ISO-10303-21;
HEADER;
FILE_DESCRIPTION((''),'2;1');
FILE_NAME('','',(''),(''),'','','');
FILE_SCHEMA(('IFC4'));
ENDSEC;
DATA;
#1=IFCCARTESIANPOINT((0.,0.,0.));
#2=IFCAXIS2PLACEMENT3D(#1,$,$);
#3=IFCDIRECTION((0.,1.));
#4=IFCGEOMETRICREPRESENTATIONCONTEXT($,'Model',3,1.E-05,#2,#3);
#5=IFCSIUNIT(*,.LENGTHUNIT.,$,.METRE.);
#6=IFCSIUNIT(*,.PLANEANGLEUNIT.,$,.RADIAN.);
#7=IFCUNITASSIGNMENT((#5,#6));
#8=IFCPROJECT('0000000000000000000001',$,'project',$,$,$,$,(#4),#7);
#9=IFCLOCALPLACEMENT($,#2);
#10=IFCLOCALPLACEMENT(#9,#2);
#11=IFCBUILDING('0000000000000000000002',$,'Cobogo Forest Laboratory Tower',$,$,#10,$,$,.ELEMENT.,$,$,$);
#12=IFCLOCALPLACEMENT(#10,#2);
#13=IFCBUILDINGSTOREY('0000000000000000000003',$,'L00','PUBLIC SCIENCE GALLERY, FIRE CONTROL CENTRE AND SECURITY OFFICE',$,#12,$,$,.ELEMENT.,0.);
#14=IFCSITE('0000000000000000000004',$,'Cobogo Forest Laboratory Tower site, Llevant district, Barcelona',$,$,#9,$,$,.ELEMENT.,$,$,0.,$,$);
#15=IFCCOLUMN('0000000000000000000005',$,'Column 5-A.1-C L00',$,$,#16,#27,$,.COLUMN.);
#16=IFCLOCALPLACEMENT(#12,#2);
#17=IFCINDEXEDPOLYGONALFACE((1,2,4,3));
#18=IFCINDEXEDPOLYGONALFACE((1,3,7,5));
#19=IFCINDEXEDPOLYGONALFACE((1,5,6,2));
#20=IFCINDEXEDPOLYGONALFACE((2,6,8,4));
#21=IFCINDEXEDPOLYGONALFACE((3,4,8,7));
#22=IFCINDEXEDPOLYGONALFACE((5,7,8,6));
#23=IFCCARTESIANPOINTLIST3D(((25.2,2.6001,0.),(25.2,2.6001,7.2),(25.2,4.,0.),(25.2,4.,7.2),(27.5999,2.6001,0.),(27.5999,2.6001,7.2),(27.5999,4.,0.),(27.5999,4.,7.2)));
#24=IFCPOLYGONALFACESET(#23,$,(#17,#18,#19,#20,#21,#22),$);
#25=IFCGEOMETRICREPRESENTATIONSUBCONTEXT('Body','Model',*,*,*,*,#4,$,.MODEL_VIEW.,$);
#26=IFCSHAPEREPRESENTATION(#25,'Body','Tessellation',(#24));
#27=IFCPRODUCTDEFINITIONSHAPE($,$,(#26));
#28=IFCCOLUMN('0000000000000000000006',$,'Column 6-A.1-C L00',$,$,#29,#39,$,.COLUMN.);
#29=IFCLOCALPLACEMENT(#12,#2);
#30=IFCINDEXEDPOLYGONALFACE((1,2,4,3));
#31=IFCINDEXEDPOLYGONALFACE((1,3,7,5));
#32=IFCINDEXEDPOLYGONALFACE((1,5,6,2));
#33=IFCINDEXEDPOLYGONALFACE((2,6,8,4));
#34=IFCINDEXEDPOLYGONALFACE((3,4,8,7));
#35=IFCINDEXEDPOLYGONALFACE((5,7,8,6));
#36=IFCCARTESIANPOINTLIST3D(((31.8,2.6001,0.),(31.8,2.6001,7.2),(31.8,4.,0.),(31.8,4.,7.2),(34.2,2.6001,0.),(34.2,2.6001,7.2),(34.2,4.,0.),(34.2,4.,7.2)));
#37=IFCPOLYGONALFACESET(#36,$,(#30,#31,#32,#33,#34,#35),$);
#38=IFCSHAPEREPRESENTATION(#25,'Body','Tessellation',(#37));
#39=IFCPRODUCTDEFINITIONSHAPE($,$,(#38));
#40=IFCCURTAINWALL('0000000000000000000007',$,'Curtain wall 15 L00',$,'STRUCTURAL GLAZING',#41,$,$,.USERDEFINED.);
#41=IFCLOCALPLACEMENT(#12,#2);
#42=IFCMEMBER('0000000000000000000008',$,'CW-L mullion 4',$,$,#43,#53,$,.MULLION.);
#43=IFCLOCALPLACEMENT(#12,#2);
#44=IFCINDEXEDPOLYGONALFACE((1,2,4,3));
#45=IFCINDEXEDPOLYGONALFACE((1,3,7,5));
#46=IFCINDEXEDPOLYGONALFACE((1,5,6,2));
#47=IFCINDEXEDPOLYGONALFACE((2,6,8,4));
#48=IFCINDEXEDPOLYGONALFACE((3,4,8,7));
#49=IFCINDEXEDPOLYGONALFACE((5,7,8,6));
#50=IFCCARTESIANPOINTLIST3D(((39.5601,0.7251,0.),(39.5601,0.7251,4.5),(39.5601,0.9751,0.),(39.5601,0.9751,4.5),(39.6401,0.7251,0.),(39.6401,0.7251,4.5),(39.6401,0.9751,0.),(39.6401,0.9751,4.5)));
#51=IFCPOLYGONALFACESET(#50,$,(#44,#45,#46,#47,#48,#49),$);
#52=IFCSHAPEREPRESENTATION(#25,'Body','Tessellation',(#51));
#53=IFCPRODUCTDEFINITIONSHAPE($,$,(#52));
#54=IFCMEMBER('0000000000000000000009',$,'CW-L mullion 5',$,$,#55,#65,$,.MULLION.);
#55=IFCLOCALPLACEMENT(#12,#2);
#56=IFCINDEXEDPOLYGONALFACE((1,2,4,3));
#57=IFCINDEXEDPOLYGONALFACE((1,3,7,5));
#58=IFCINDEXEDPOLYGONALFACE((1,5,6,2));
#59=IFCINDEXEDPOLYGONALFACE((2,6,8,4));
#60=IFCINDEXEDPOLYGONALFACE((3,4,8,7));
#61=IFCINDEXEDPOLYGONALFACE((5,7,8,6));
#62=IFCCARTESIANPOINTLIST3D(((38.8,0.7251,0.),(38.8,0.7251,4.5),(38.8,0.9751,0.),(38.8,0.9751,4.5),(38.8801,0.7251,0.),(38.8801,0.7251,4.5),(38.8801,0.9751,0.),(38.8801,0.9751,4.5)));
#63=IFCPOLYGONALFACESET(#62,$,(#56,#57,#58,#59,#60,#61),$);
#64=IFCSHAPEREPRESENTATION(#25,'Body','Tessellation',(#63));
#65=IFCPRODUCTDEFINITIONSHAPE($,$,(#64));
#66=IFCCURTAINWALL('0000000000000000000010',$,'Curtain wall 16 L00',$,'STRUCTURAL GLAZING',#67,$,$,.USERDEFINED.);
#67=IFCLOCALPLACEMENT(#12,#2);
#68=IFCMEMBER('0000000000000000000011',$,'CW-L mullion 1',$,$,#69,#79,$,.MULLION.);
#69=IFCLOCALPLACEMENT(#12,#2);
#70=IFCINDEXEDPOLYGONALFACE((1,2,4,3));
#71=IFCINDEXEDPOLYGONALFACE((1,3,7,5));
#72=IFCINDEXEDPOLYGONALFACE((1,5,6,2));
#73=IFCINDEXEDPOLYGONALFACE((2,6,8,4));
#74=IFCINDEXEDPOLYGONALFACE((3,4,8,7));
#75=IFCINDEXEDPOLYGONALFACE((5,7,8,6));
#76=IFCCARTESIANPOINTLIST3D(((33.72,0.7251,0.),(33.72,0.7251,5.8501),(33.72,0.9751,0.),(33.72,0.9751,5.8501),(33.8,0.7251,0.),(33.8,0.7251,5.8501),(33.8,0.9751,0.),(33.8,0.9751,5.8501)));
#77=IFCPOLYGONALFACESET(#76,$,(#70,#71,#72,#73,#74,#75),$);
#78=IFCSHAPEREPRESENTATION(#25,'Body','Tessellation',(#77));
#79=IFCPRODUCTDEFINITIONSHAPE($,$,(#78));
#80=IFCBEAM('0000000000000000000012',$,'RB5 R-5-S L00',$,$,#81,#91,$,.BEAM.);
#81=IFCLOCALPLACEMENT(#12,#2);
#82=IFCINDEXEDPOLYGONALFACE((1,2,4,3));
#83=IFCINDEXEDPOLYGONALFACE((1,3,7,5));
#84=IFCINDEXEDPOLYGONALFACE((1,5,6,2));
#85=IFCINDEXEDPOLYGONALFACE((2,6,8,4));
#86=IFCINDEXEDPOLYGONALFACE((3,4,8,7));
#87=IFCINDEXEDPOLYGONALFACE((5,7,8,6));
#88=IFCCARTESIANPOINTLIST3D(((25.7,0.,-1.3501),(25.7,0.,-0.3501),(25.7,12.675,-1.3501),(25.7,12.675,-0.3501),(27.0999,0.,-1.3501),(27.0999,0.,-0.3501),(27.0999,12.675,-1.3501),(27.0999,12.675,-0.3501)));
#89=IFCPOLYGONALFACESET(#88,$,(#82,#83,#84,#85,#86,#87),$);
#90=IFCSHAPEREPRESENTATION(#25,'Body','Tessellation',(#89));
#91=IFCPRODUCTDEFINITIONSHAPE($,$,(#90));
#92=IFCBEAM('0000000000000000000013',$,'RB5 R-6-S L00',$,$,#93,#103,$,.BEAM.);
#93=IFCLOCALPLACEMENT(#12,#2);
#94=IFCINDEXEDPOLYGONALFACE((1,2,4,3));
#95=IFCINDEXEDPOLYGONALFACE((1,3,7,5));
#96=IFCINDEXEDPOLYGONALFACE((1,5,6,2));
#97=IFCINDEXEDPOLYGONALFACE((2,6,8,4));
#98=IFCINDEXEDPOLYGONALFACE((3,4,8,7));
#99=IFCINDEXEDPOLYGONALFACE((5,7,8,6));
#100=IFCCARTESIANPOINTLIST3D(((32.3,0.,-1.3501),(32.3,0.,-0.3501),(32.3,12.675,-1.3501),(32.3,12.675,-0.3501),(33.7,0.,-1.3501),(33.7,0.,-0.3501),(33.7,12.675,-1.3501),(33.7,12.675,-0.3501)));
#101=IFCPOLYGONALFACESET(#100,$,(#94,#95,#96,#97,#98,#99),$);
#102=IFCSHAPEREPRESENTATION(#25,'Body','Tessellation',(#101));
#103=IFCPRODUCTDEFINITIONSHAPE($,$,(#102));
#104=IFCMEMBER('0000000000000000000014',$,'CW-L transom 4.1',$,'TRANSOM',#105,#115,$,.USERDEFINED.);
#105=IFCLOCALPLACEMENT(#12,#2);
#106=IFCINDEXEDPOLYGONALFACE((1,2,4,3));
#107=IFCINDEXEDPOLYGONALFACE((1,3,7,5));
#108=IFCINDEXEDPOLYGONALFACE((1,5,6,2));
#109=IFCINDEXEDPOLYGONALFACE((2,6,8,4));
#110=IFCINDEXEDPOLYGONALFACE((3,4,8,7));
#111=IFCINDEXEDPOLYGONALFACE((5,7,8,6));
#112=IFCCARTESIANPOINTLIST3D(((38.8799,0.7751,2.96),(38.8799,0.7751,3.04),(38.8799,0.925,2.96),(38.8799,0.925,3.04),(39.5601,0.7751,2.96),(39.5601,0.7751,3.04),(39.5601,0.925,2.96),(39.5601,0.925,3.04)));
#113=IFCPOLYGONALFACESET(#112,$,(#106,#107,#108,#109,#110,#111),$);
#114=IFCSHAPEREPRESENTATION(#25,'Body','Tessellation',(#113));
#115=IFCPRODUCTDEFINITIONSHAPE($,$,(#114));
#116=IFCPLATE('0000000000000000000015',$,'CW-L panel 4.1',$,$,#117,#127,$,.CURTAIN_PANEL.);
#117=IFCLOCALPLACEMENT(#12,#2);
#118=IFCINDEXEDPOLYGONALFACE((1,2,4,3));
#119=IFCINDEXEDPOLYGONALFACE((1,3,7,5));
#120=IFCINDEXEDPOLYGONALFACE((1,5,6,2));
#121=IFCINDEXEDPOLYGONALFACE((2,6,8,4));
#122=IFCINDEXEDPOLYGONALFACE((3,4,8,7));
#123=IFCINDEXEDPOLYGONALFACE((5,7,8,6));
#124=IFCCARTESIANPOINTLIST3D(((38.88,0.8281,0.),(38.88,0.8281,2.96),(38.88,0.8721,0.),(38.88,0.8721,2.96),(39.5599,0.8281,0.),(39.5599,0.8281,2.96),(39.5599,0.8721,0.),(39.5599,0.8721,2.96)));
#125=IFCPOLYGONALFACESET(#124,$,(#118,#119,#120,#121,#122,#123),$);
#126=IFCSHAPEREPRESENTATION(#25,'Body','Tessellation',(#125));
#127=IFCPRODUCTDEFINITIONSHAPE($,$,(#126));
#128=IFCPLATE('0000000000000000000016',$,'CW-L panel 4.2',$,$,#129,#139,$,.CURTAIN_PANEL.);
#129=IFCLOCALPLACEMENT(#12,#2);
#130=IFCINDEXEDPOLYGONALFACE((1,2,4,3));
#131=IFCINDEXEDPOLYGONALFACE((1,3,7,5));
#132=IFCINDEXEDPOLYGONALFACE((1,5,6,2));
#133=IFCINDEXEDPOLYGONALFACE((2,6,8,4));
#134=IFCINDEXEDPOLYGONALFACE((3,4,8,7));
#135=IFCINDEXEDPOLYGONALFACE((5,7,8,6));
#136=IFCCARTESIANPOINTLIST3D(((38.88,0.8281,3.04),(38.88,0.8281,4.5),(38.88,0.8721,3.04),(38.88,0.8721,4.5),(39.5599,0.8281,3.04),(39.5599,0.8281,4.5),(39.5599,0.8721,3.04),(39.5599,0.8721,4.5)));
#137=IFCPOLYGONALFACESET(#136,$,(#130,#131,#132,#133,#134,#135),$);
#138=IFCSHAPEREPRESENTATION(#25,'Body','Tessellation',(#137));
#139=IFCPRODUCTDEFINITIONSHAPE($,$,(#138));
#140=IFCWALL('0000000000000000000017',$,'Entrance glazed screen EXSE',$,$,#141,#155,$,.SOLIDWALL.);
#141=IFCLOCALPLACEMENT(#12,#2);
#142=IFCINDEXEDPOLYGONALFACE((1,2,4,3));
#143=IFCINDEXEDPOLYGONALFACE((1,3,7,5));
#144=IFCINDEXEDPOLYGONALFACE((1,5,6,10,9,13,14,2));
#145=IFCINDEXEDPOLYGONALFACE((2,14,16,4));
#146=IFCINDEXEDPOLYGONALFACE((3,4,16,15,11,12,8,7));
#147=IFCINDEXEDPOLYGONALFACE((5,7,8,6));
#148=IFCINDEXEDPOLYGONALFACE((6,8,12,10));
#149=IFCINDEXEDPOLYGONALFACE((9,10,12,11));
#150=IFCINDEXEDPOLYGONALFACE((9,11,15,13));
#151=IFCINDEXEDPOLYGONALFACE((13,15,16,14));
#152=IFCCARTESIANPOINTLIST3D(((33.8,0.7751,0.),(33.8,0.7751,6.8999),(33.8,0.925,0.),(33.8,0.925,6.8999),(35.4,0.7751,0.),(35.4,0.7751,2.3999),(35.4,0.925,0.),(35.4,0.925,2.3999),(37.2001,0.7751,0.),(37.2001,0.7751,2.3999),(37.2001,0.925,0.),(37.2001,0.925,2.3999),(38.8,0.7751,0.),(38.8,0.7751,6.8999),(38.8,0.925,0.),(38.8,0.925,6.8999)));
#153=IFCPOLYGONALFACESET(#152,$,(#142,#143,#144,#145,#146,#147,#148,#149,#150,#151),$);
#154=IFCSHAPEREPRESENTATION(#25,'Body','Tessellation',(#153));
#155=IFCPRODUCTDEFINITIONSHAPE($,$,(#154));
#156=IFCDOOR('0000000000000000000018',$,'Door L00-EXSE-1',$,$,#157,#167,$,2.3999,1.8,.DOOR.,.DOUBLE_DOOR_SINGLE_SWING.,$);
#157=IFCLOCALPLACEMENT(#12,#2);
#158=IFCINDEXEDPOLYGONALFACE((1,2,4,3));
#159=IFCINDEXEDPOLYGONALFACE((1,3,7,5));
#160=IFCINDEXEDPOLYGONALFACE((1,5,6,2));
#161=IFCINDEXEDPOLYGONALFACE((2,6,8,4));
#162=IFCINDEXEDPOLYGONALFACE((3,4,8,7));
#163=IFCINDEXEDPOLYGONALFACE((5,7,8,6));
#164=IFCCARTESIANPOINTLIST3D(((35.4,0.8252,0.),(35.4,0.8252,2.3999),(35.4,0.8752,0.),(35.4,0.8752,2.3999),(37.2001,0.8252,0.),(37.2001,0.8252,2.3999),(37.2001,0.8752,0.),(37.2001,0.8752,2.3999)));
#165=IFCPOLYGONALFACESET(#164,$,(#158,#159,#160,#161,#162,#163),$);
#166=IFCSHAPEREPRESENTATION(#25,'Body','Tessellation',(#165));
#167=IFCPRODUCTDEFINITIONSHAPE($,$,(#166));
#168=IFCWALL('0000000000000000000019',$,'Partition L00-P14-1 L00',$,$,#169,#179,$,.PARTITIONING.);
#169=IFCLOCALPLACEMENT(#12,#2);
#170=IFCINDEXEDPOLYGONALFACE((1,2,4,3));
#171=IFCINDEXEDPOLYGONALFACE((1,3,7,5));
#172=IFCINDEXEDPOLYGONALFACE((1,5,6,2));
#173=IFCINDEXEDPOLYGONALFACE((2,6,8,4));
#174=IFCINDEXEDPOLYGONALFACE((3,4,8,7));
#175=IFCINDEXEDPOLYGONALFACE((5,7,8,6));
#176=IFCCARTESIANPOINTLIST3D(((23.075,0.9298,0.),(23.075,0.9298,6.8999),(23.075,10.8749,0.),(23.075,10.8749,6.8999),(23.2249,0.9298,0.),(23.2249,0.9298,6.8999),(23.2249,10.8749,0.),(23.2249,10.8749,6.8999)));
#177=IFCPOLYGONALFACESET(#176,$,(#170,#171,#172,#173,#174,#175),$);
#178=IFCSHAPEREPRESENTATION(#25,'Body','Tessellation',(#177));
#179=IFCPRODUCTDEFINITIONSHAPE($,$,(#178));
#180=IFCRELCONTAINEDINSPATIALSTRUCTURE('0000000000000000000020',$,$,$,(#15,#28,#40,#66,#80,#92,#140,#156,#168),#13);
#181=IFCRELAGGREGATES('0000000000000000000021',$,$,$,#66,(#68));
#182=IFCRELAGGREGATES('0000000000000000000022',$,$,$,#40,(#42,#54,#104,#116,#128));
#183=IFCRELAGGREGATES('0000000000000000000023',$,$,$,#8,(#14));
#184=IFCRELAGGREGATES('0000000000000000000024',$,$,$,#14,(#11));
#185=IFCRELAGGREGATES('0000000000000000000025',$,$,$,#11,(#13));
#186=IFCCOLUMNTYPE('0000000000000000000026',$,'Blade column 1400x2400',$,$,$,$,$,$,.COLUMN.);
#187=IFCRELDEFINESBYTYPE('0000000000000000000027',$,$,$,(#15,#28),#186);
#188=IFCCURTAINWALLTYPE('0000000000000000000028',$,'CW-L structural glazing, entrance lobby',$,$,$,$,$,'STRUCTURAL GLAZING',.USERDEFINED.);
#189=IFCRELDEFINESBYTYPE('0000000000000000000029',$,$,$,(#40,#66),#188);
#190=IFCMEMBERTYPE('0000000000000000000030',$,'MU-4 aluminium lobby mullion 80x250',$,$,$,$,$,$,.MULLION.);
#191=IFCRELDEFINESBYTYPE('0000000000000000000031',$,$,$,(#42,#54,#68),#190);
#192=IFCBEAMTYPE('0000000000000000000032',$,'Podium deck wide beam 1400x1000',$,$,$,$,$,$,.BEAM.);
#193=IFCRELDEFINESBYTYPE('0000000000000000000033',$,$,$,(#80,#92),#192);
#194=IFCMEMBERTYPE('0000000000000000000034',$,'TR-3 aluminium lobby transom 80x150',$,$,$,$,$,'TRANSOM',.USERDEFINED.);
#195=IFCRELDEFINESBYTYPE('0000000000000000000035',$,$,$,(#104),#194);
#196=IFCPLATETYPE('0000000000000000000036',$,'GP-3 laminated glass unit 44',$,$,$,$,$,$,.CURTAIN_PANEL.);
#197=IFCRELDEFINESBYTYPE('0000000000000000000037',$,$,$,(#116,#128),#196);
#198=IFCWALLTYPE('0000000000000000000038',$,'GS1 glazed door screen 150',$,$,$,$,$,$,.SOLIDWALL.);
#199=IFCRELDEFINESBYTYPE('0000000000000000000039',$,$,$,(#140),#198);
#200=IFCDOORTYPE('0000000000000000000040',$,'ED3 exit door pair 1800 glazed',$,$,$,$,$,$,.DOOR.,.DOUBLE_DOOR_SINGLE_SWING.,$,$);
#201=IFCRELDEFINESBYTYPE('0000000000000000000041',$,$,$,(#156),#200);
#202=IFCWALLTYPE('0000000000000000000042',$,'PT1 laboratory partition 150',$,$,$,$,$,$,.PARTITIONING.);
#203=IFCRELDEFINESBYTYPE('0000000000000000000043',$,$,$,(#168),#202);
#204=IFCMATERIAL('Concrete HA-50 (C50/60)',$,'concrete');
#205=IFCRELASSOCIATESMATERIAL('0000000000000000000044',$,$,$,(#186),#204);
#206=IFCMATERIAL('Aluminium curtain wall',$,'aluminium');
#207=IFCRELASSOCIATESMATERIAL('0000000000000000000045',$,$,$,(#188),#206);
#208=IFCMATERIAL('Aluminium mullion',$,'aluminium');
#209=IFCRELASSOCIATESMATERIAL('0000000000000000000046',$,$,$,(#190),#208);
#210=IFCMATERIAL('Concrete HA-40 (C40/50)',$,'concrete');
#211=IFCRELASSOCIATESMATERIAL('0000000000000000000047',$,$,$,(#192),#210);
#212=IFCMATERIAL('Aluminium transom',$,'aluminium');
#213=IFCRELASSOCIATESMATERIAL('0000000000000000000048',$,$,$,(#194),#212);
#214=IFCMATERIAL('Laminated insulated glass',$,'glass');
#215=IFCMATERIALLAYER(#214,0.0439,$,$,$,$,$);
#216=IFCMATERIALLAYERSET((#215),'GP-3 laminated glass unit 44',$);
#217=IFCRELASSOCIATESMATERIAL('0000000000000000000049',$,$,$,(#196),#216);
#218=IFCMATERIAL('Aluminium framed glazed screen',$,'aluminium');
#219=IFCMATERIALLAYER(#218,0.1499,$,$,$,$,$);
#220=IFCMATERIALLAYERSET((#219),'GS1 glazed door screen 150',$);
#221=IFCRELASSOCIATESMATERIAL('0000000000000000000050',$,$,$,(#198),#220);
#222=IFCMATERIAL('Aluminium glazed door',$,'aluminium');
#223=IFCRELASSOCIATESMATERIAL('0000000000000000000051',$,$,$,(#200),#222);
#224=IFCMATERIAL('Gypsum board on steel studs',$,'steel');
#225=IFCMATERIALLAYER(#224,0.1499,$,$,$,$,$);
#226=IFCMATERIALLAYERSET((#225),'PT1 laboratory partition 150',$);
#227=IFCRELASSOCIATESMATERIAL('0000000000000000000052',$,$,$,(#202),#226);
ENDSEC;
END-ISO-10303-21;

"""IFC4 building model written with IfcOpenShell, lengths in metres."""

from ifc_helpers import new_model, si_unit, direction, frame, frame_2d, origin, origin_2d, place, context, subcontext, project, spatial, rectangle, extrude, material, layer, layer_set, material_profile, profile_set, type_object, element, fill, aggregate, save


model = new_model("IFC4")

# Units and contexts
model_context = context("Model", 3, precision=1e-05, world=origin(), true_north=direction((0.0, 1.0)))
body_context = subcontext(model_context, "Body", "Model", "MODEL_VIEW")
ifc_project = project(units=[si_unit("LENGTHUNIT", "METRE"), si_unit("PLANEANGLEUNIT", "RADIAN")], contexts=[model_context])

# Site, building, storey
site_placement = place(None, origin())
site = spatial("IfcSite", under=ifc_project, at=site_placement, Name="Cobogo Forest Laboratory Tower site, Llevant district, Barcelona", CompositionType="ELEMENT", RefElevation=0.0)
building_placement = place(site_placement, origin())
building = spatial("IfcBuilding", under=site, at=building_placement, Name="Cobogo Forest Laboratory Tower", CompositionType="ELEMENT")
storey_placement = place(building_placement, origin())
storey = spatial("IfcBuildingStorey", under=building, at=storey_placement, Name="L00", Description="PUBLIC SCIENCE GALLERY, FIRE CONTROL CENTRE AND SECURITY OFFICE", CompositionType="ELEMENT", Elevation=0.0)

# Columns
ifc_material_1 = material(Name="Concrete HA-50 (C50/60)", Category="concrete")
ifc_material_profile_1 = material_profile(ifc_material_1, rectangle(XDim=2.3999, YDim=1.3999, at=origin_2d()), Name="RC 1400x2400")
ifc_profile_set_1 = profile_set([ifc_material_profile_1], Name="Concrete HA-50 (C50/60)")
column_type = type_object("IfcColumnType", Name="Blade column 1400x2400", PredefinedType="COLUMN", material=ifc_profile_set_1)
for number, where, z_axis, x_axis, name in (
    (1, (26.3999, 3.3, 0.0), (0.0, 0.0, 1.0), (1.0, 0.0, 0.0), "Column 5-A.1-C L00"),
    (2, (33.0, 3.3, 0.0), (0.0, 0.0, 1.0), (1.0, 0.0, 0.0), "Column 6-A.1-C L00"),
):
    element("IfcColumn", number, at=place(storey_placement, frame(where, z_axis=z_axis, x_axis=x_axis)), inside=storey, type_object=column_type, Name=name, PredefinedType="COLUMN", context=body_context, shape_type="SweptSolid", body=[
        extrude(rectangle(XDim=2.3999, YDim=1.3999, at=origin_2d()), origin(), (0.0, 0.0, 1.0), 7.2),
    ])

# Curtain wall, members
ifc_material_2 = material(Name="Aluminium curtain wall", Category="aluminium")
curtain_wall_type = type_object("IfcCurtainWallType", Name="CW-L structural glazing, entrance lobby", ElementType="STRUCTURAL GLAZING", PredefinedType="USERDEFINED", material=ifc_material_2)
curtain_wall_1_placement = place(storey_placement, origin())
curtain_wall_1 = element("IfcCurtainWall", 3, at=curtain_wall_1_placement, inside=storey, type_object=curtain_wall_type, Name="Curtain wall 15 L00", ObjectType="STRUCTURAL GLAZING", PredefinedType="USERDEFINED")
ifc_material_3 = material(Name="Aluminium mullion", Category="aluminium")
ifc_material_profile_2 = material_profile(ifc_material_3, rectangle(XDim=0.0801, YDim=0.25, at=origin_2d()), Name="AL 80x250")
ifc_profile_set_2 = profile_set([ifc_material_profile_2], Name="Aluminium mullion")
member_type_1 = type_object("IfcMemberType", Name="MU-4 aluminium lobby mullion 80x250", PredefinedType="MULLION", material=ifc_profile_set_2)
member_1_placement = place(storey_placement, frame((39.6001, 0.8501, 0.0), z_axis=(0.0, 0.0, 1.0), x_axis=(-1.0, 0.0, 0.0)))
member_1 = element("IfcMember", 4, at=member_1_placement, type_object=member_type_1, Name="CW-L mullion 4", PredefinedType="MULLION", context=body_context, shape_type="SweptSolid", body=[
    extrude(rectangle(XDim=0.0801, YDim=0.25, at=origin_2d()), origin(), (0.0, 0.0, 1.0), 4.5),
])
member_2_placement = place(storey_placement, frame((38.8401, 0.8501, 0.0), z_axis=(0.0, 0.0, 1.0), x_axis=(-1.0, 0.0, 0.0)))
member_2 = element("IfcMember", 5, at=member_2_placement, type_object=member_type_1, Name="CW-L mullion 5", PredefinedType="MULLION", context=body_context, shape_type="SweptSolid", body=[
    extrude(rectangle(XDim=0.0801, YDim=0.25, at=origin_2d()), origin(), (0.0, 0.0, 1.0), 4.5),
])

# Curtain wall, member
curtain_wall_2_placement = place(storey_placement, origin())
curtain_wall_2 = element("IfcCurtainWall", 6, at=curtain_wall_2_placement, inside=storey, type_object=curtain_wall_type, Name="Curtain wall 16 L00", ObjectType="STRUCTURAL GLAZING", PredefinedType="USERDEFINED")
member_3_placement = place(storey_placement, frame((33.76, 0.8501, 0.0), z_axis=(0.0, 0.0, 1.0), x_axis=(-1.0, 0.0, 0.0)))
member_3 = element("IfcMember", 7, at=member_3_placement, type_object=member_type_1, Name="CW-L mullion 1", PredefinedType="MULLION", context=body_context, shape_type="SweptSolid", body=[
    extrude(rectangle(XDim=0.0801, YDim=0.25, at=origin_2d()), origin(), (0.0, 0.0, 1.0), 5.8501),
])
aggregate(curtain_wall_2, [member_3])

# Beams
ifc_material_4 = material(Name="Concrete HA-40 (C40/50)", Category="concrete")
ifc_material_profile_3 = material_profile(ifc_material_4, rectangle(XDim=1.3999, YDim=1.0, at=origin_2d()), Name="RC 1400x1000")
ifc_profile_set_3 = profile_set([ifc_material_profile_3], Name="Concrete HA-40 (C40/50)")
beam_type = type_object("IfcBeamType", Name="Podium deck wide beam 1400x1000", PredefinedType="BEAM", material=ifc_profile_set_3)
for number, where, z_axis, x_axis, name in (
    (8, (26.3999, 12.675, -0.8501), (0.0, -1.0, 0.0), (1.0, 0.0, 0.0), "RB5 R-5-S L00"),
    (9, (33.0, 12.675, -0.8501), (0.0, -1.0, 0.0), (1.0, 0.0, 0.0), "RB5 R-6-S L00"),
):
    element("IfcBeam", number, at=place(storey_placement, frame(where, z_axis=z_axis, x_axis=x_axis)), inside=storey, type_object=beam_type, Name=name, PredefinedType="BEAM", context=body_context, shape_type="SweptSolid", body=[
        extrude(rectangle(XDim=1.3999, YDim=1.0, at=origin_2d()), origin(), (0.0, 0.0, 1.0), 12.675),
    ])

# Member
ifc_material_5 = material(Name="Aluminium transom", Category="aluminium")
ifc_material_profile_4 = material_profile(ifc_material_5, rectangle(XDim=0.1499, YDim=0.0801, at=origin_2d()), Name="AL 80x150")
ifc_profile_set_4 = profile_set([ifc_material_profile_4], Name="Aluminium transom")
member_type_2 = type_object("IfcMemberType", Name="TR-3 aluminium lobby transom 80x150", ElementType="TRANSOM", PredefinedType="USERDEFINED", material=ifc_profile_set_4)
member_4_placement = place(storey_placement, frame((39.5601, 0.8501, 3.0), z_axis=(-1.0, 0.0, 0.0), x_axis=(0.0, -1.0, 0.0)))
member_4 = element("IfcMember", 10, at=member_4_placement, type_object=member_type_2, Name="CW-L transom 4.1", ObjectType="TRANSOM", PredefinedType="USERDEFINED", context=body_context, shape_type="SweptSolid", body=[
    extrude(rectangle(XDim=0.1499, YDim=0.0801, at=origin_2d()), origin(), (0.0, 0.0, 1.0), 0.6802),
])

# Plates
ifc_material_6 = material(Name="Laminated insulated glass", Category="glass")
ifc_layer_1 = layer(ifc_material_6, 0.0439)
ifc_layer_set_1 = layer_set([ifc_layer_1], Name="GP-3 laminated glass unit 44")
plate_type = type_object("IfcPlateType", Name="GP-3 laminated glass unit 44", PredefinedType="CURTAIN_PANEL", material=ifc_layer_set_1)
plate_1_placement = place(storey_placement, frame((39.22, 0.8501, 0.0), z_axis=(0.0, 0.0, 1.0), x_axis=(-1.0, 0.0, 0.0)))
plate_1 = element("IfcPlate", 11, at=plate_1_placement, type_object=plate_type, Name="CW-L panel 4.1", PredefinedType="CURTAIN_PANEL", context=body_context, shape_type="SweptSolid", body=[
    extrude(rectangle(XDim=0.6799, YDim=0.0439, at=origin_2d()), origin(), (0.0, 0.0, 1.0), 2.96),
])
plate_2_placement = place(storey_placement, frame((39.22, 0.8501, 3.04), z_axis=(0.0, 0.0, 1.0), x_axis=(-1.0, 0.0, 0.0)))
plate_2 = element("IfcPlate", 12, at=plate_2_placement, type_object=plate_type, Name="CW-L panel 4.2", PredefinedType="CURTAIN_PANEL", context=body_context, shape_type="SweptSolid", body=[
    extrude(rectangle(XDim=0.6799, YDim=0.0439, at=origin_2d()), origin(), (0.0, 0.0, 1.0), 1.46),
])
aggregate(curtain_wall_1, [member_1, member_2, member_4, plate_1, plate_2])

# Wall, opening, door
ifc_material_7 = material(Name="Aluminium framed glazed screen", Category="aluminium")
ifc_layer_2 = layer(ifc_material_7, 0.1499)
ifc_layer_set_2 = layer_set([ifc_layer_2], Name="GS1 glazed door screen 150")
wall_type_1 = type_object("IfcWallType", Name="GS1 glazed door screen 150", PredefinedType="SOLIDWALL", material=ifc_layer_set_2)
wall_1_placement = place(storey_placement, frame((38.8, 0.8501, 0.0), z_axis=(0.0, 0.0, 1.0), x_axis=(-1.0, 0.0, 0.0)))
wall_1 = element("IfcWall", 13, at=wall_1_placement, inside=storey, type_object=wall_type_1, Name="Entrance glazed screen EXSE", PredefinedType="SOLIDWALL", context=body_context, shape_type="SweptSolid", body=[
    extrude(rectangle(XDim=5.0, YDim=0.1499, at=frame_2d((2.5, 0.0))), origin(), (0.0, 0.0, 1.0), 6.8999),
])
opening_1_placement = place(wall_1_placement, frame((1.6001, 0.0, 0.0)))
opening_1 = element("IfcOpeningElement", 14, at=opening_1_placement, cuts=wall_1, PredefinedType="OPENING", context=body_context, shape_type="SweptSolid", body=[
    extrude(rectangle(XDim=1.8, YDim=2.3999, at=frame_2d((0.8999, 1.2))), frame((0.0, 0.085, 0.0), z_axis=(0.0, -1.0, 0.0), x_axis=(1.0, 0.0, 0.0)), (0.0, 0.0, 1.0), 0.1699),
])
ifc_material_8 = material(Name="Aluminium glazed door", Category="aluminium")
door_type_1 = type_object("IfcDoorType", Name="ED3 exit door pair 1800 glazed", OperationType="DOUBLE_DOOR_SINGLE_SWING", PredefinedType="DOOR", material=ifc_material_8)
door_1_placement = place(opening_1_placement, origin())
door_1 = element("IfcDoor", 15, at=door_1_placement, inside=storey, type_object=door_type_1, Name="Door L00-EXSE-1", OperationType="DOUBLE_DOOR_SINGLE_SWING", OverallHeight=2.3999, OverallWidth=1.8, PredefinedType="DOOR", context=body_context, shape_type="SweptSolid", body=[
    extrude(rectangle(XDim=1.8, YDim=2.3999, at=frame_2d((0.8999, 1.2))), frame((0.0, 0.0249, 0.0), z_axis=(0.0, -1.0, 0.0), x_axis=(1.0, 0.0, 0.0)), (0.0, 0.0, 1.0), 0.05),
])
fill(opening_1, door_1)

# Wall
ifc_material_9 = material(Name="Gypsum board on steel studs", Category="steel")
ifc_layer_3 = layer(ifc_material_9, 0.1499)
ifc_layer_set_3 = layer_set([ifc_layer_3], Name="PT1 laboratory partition 150")
wall_type_2 = type_object("IfcWallType", Name="PT1 laboratory partition 150", PredefinedType="PARTITIONING", material=ifc_layer_set_3)
for number, where, z_axis, x_axis, name in (
    (16, (23.1499, 10.875, 0.0), (0.0, 0.0, 1.0), (0.0, -1.0, 0.0), "Partition L00-P14-1 L00"),
):
    element("IfcWall", number, at=place(storey_placement, frame(where, z_axis=z_axis, x_axis=x_axis)), inside=storey, type_object=wall_type_2, Name=name, PredefinedType="PARTITIONING", context=body_context, shape_type="SweptSolid", body=[
        extrude(rectangle(XDim=9.9451, YDim=0.1499, at=frame_2d((4.9727, 0.0))), origin(), (0.0, 0.0, 1.0), 6.8999),
    ])

save(model, "model.ifc")
